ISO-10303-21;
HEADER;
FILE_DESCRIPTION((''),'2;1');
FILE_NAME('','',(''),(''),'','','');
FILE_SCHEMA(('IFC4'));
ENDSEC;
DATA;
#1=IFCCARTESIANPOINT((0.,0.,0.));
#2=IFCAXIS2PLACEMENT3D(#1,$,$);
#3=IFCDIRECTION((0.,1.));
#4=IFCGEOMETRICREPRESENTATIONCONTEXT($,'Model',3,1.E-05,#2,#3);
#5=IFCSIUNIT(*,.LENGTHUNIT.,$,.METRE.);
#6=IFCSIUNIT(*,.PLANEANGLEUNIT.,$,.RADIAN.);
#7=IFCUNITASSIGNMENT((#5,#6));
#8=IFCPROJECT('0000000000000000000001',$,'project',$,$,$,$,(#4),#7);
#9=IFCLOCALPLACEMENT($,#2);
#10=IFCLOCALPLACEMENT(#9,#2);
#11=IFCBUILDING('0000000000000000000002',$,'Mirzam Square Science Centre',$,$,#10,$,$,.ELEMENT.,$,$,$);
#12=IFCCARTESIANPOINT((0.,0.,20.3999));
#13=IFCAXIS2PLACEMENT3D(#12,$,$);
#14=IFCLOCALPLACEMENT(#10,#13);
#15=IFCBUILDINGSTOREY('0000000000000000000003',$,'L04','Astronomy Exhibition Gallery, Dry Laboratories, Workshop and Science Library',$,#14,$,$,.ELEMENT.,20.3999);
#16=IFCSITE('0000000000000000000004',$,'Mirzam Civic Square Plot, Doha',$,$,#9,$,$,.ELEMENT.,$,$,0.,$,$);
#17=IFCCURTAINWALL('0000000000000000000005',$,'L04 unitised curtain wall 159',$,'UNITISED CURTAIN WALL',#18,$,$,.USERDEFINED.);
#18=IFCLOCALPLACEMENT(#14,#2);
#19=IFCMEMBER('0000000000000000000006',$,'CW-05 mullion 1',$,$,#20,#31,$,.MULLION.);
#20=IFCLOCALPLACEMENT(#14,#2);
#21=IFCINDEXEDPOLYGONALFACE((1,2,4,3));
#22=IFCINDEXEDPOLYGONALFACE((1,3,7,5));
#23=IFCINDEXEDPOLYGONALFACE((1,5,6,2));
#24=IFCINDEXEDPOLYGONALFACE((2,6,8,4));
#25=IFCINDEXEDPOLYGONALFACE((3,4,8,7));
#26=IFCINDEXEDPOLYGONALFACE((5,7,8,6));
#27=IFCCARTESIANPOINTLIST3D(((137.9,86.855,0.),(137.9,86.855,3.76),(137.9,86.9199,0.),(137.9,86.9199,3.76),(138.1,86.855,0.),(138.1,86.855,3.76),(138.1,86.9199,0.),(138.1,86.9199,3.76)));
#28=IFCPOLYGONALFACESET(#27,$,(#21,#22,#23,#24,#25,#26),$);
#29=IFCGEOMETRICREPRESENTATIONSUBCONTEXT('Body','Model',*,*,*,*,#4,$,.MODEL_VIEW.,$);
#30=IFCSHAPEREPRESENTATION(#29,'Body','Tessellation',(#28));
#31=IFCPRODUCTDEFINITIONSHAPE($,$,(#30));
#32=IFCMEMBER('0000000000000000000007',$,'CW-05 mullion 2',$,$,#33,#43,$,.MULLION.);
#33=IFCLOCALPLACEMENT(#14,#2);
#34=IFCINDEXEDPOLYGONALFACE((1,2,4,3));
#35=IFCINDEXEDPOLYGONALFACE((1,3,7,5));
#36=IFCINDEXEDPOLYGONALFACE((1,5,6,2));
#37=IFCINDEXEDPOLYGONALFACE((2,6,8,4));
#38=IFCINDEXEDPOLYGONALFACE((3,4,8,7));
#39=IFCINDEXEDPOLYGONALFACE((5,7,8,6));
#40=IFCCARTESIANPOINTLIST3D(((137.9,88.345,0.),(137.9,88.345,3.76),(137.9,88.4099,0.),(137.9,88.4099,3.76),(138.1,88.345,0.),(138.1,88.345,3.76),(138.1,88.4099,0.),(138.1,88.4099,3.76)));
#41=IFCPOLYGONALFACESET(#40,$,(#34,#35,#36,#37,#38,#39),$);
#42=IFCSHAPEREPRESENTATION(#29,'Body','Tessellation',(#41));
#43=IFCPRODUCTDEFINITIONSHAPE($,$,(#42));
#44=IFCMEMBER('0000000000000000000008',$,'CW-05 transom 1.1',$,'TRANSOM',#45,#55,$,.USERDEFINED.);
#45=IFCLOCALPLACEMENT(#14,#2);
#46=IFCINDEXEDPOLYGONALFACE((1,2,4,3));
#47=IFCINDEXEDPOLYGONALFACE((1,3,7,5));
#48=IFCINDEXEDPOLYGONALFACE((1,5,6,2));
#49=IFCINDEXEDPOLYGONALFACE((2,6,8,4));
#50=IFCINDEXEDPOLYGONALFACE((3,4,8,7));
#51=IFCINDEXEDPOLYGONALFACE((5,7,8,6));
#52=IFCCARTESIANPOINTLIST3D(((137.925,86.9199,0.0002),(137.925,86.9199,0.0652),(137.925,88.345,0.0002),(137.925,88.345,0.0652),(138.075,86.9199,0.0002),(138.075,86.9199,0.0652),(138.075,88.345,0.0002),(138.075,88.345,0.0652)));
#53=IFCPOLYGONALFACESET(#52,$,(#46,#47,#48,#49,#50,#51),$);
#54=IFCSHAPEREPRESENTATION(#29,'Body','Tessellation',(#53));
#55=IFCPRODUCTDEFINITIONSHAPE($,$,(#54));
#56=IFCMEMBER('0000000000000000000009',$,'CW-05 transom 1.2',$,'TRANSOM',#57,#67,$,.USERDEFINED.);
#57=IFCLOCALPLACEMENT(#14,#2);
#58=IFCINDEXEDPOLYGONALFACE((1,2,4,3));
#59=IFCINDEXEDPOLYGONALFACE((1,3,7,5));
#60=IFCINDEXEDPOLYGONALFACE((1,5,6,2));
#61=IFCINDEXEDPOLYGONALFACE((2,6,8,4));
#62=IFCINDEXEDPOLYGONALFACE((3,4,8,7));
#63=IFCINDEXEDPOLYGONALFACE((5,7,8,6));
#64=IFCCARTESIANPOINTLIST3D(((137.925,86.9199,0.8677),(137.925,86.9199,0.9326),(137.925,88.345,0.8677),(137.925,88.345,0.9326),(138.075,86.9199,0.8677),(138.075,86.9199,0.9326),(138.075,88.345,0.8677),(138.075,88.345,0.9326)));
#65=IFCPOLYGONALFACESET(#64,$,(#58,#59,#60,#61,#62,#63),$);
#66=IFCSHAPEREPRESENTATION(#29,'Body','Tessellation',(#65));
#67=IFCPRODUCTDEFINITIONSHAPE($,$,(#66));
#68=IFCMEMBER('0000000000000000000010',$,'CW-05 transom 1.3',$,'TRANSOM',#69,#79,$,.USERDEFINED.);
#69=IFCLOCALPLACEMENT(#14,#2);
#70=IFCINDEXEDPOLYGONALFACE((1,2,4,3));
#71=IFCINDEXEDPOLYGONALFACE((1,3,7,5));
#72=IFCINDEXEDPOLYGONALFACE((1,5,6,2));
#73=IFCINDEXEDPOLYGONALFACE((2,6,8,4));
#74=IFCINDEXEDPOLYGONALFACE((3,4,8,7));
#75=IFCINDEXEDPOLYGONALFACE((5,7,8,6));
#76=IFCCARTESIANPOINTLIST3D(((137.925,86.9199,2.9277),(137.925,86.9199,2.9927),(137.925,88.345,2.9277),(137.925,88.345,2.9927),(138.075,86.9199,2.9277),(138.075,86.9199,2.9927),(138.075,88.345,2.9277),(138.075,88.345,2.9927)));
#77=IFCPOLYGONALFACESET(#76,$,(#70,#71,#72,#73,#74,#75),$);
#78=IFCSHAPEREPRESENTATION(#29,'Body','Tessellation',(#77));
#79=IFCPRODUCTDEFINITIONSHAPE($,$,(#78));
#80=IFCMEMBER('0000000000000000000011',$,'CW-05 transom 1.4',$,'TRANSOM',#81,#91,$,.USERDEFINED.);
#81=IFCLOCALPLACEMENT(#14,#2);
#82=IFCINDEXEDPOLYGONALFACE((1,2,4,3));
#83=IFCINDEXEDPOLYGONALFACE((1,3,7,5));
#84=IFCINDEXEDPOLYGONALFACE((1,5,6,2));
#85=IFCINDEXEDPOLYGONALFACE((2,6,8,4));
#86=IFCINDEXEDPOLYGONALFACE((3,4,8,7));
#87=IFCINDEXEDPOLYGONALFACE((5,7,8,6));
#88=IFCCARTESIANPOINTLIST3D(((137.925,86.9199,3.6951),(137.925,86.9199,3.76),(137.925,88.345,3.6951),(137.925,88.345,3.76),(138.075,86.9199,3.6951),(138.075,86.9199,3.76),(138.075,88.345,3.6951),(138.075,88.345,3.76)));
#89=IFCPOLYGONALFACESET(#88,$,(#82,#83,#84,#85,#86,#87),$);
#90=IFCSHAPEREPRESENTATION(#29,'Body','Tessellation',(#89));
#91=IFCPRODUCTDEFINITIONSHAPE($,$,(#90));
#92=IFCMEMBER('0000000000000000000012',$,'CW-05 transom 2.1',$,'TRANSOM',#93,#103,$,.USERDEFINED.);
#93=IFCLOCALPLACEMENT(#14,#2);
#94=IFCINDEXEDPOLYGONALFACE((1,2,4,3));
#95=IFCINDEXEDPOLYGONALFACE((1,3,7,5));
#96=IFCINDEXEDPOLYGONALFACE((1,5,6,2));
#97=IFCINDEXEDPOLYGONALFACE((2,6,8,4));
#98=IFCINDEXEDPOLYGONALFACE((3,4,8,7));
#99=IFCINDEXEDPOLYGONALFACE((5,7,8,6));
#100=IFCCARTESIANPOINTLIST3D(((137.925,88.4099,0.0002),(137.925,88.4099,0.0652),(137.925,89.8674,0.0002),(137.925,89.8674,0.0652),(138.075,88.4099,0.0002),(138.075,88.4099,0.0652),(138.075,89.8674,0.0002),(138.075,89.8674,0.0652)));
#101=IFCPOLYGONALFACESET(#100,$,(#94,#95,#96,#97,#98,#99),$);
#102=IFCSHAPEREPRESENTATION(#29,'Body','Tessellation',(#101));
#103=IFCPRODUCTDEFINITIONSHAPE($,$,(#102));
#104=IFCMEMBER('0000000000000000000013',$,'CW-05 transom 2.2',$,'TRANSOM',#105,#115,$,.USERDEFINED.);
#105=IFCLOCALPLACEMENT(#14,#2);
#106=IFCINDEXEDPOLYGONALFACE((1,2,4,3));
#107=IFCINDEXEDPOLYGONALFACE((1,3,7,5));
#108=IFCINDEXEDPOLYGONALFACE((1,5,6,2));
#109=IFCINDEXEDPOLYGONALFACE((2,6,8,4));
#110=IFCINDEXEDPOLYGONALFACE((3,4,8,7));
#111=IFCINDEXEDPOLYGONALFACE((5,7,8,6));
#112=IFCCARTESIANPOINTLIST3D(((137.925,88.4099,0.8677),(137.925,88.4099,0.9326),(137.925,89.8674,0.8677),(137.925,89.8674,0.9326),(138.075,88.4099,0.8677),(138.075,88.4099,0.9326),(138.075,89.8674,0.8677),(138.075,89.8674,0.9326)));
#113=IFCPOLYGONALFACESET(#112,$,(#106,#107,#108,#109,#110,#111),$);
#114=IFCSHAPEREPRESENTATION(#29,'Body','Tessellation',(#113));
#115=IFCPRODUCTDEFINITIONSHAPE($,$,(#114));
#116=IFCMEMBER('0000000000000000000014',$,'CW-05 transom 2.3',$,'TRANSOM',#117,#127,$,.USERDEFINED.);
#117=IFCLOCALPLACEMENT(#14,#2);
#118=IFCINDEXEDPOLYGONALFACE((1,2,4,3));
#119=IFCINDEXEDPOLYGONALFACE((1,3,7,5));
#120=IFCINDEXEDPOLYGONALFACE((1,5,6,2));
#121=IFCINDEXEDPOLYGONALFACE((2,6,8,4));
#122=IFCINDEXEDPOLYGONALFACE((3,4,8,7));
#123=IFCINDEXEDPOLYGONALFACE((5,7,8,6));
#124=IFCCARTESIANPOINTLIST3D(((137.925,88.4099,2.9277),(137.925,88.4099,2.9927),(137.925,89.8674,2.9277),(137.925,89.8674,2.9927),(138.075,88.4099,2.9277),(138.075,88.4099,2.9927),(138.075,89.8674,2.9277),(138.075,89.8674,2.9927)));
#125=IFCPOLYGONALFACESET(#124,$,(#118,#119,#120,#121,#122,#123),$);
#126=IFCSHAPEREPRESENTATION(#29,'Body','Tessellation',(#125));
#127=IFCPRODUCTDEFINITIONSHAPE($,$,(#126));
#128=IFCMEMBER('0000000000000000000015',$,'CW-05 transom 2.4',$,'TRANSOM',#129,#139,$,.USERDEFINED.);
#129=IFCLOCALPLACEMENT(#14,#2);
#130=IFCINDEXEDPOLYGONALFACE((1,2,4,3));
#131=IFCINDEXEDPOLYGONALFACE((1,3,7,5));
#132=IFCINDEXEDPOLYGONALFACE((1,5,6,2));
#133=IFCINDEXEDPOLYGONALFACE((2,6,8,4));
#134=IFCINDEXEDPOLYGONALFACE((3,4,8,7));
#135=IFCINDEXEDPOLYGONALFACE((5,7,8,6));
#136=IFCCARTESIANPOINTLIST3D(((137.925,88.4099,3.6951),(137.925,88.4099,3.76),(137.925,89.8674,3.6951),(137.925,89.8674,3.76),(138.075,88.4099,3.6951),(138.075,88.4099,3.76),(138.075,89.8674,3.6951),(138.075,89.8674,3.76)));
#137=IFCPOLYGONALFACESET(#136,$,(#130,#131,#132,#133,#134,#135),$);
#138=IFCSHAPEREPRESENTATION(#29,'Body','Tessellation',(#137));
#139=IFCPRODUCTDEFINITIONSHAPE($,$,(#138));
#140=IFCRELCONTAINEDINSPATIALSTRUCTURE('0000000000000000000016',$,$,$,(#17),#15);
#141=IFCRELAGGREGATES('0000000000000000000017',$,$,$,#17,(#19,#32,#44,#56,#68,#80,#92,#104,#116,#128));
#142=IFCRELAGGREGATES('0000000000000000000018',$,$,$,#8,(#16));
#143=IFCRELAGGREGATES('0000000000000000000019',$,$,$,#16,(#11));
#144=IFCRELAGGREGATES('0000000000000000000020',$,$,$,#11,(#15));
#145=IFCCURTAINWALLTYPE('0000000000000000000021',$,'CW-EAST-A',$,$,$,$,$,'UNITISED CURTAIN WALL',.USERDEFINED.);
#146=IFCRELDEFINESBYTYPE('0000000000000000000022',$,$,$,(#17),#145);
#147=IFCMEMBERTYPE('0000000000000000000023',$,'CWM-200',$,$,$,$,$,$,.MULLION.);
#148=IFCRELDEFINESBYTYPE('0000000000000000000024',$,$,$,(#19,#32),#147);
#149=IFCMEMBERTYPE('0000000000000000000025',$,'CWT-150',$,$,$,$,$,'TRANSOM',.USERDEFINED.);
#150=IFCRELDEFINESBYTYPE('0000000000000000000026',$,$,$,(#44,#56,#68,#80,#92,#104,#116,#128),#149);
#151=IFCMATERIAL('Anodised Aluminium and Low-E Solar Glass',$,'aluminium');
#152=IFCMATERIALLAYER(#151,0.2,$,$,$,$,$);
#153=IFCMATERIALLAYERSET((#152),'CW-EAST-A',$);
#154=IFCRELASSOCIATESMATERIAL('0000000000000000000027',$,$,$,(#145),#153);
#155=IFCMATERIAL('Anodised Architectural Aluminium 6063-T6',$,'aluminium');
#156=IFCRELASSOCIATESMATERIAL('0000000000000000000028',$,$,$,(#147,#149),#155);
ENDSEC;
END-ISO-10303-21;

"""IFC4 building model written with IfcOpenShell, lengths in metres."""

from ifc_helpers import new_model, si_unit, direction, frame, origin, origin_2d, place, context, subcontext, project, spatial, rectangle, extrude, material, layer, layer_set, material_profile, profile_set, type_object, element, aggregate, save


model = new_model("IFC4")

# Units and contexts
model_context = context("Model", 3, precision=1e-05, world=origin(), true_north=direction((0.0, 1.0)))
body_context = subcontext(model_context, "Body", "Model", "MODEL_VIEW")
ifc_project = project(units=[si_unit("LENGTHUNIT", "METRE"), si_unit("PLANEANGLEUNIT", "RADIAN")], contexts=[model_context])

# Site, building, storey
site_placement = place(None, origin())
site = spatial("IfcSite", under=ifc_project, at=site_placement, Name="Mirzam Civic Square Plot, Doha", CompositionType="ELEMENT", RefElevation=0.0)
building_placement = place(site_placement, origin())
building = spatial("IfcBuilding", under=site, at=building_placement, Name="Mirzam Square Science Centre", CompositionType="ELEMENT")
storey_placement = place(building_placement, frame((0.0, 0.0, 20.3999)))
storey = spatial("IfcBuildingStorey", under=building, at=storey_placement, Name="L04", Description="Astronomy Exhibition Gallery, Dry Laboratories, Workshop and Science Library", CompositionType="ELEMENT", Elevation=20.3999)

# Curtain wall, members
ifc_material_1 = material(Name="Anodised Aluminium and Low-E Solar Glass", Category="aluminium")
ifc_layer_1 = layer(ifc_material_1, 0.2)
ifc_layer_set_1 = layer_set([ifc_layer_1], Name="CW-EAST-A")
curtain_wall_type = type_object("IfcCurtainWallType", Name="CW-EAST-A", ElementType="UNITISED CURTAIN WALL", PredefinedType="USERDEFINED", material=ifc_layer_set_1)
curtain_wall_placement = place(storey_placement, origin())
curtain_wall = element("IfcCurtainWall", 1, at=curtain_wall_placement, inside=storey, type_object=curtain_wall_type, Name="L04 unitised curtain wall 159", ObjectType="UNITISED CURTAIN WALL", PredefinedType="USERDEFINED")
ifc_material_2 = material(Name="Anodised Architectural Aluminium 6063-T6", Category="aluminium")
ifc_material_profile_1 = material_profile(ifc_material_2, rectangle(XDim=0.0649, YDim=0.2, at=origin_2d()), Name="ALU-MULL-200x65x5")
ifc_profile_set_1 = profile_set([ifc_material_profile_1], Name="Anodised Architectural Aluminium 6063-T6")
member_type_1 = type_object("IfcMemberType", Name="CWM-200", PredefinedType="MULLION", material=ifc_profile_set_1)
member_1_placement = place(storey_placement, frame((138.0, 86.8875, 0.0), z_axis=(0.0, 0.0, 1.0), x_axis=(0.0, 1.0, 0.0)))
member_1 = element("IfcMember", 2, at=member_1_placement, type_object=member_type_1, Name="CW-05 mullion 1", PredefinedType="MULLION", context=body_context, shape_type="SweptSolid", body=[
    extrude(rectangle(XDim=0.0649, YDim=0.2, at=origin_2d()), origin(), (0.0, 0.0, 1.0), 3.76),
])
member_2_placement = place(storey_placement, frame((138.0, 88.3774, 0.0), z_axis=(0.0, 0.0, 1.0), x_axis=(0.0, 1.0, 0.0)))
member_2 = element("IfcMember", 3, at=member_2_placement, type_object=member_type_1, Name="CW-05 mullion 2", PredefinedType="MULLION", context=body_context, shape_type="SweptSolid", body=[
    extrude(rectangle(XDim=0.0649, YDim=0.2, at=origin_2d()), origin(), (0.0, 0.0, 1.0), 3.76),
])
ifc_material_profile_2 = material_profile(ifc_material_2, rectangle(XDim=0.1499, YDim=0.0649, at=origin_2d()), Name="ALU-TRAN-150x65x4")
ifc_profile_set_2 = profile_set([ifc_material_profile_2], Name="Anodised Architectural Aluminium 6063-T6")
member_type_2 = type_object("IfcMemberType", Name="CWT-150", ElementType="TRANSOM", PredefinedType="USERDEFINED", material=ifc_profile_set_2)
member_3_placement = place(storey_placement, frame((138.0, 86.9199, 0.0327), z_axis=(0.0, 1.0, 0.0), x_axis=(-1.0, 0.0, 0.0)))
member_3 = element("IfcMember", 4, at=member_3_placement, type_object=member_type_2, Name="CW-05 transom 1.1", ObjectType="TRANSOM", PredefinedType="USERDEFINED", context=body_context, shape_type="SweptSolid", body=[
    extrude(rectangle(XDim=0.1499, YDim=0.0649, at=origin_2d()), origin(), (0.0, 0.0, 1.0), 1.425),
])
member_4_placement = place(storey_placement, frame((138.0, 86.9199, 0.9001), z_axis=(0.0, 1.0, 0.0), x_axis=(-1.0, 0.0, 0.0)))
member_4 = element("IfcMember", 5, at=member_4_placement, type_object=member_type_2, Name="CW-05 transom 1.2", ObjectType="TRANSOM", PredefinedType="USERDEFINED", context=body_context, shape_type="SweptSolid", body=[
    extrude(rectangle(XDim=0.1499, YDim=0.0649, at=origin_2d()), origin(), (0.0, 0.0, 1.0), 1.425),
])
member_5_placement = place(storey_placement, frame((138.0, 86.9199, 2.9602), z_axis=(0.0, 1.0, 0.0), x_axis=(-1.0, 0.0, 0.0)))
member_5 = element("IfcMember", 6, at=member_5_placement, type_object=member_type_2, Name="CW-05 transom 1.3", ObjectType="TRANSOM", PredefinedType="USERDEFINED", context=body_context, shape_type="SweptSolid", body=[
    extrude(rectangle(XDim=0.1499, YDim=0.0649, at=origin_2d()), origin(), (0.0, 0.0, 1.0), 1.425),
])
member_6_placement = place(storey_placement, frame((138.0, 86.9199, 3.7275), z_axis=(0.0, 1.0, 0.0), x_axis=(-1.0, 0.0, 0.0)))
member_6 = element("IfcMember", 7, at=member_6_placement, type_object=member_type_2, Name="CW-05 transom 1.4", ObjectType="TRANSOM", PredefinedType="USERDEFINED", context=body_context, shape_type="SweptSolid", body=[
    extrude(rectangle(XDim=0.1499, YDim=0.0649, at=origin_2d()), origin(), (0.0, 0.0, 1.0), 1.425),
])
member_7_placement = place(storey_placement, frame((138.0, 88.4099, 0.0327), z_axis=(0.0, 1.0, 0.0), x_axis=(-1.0, 0.0, 0.0)))
member_7 = element("IfcMember", 8, at=member_7_placement, type_object=member_type_2, Name="CW-05 transom 2.1", ObjectType="TRANSOM", PredefinedType="USERDEFINED", context=body_context, shape_type="SweptSolid", body=[
    extrude(rectangle(XDim=0.1499, YDim=0.0649, at=origin_2d()), origin(), (0.0, 0.0, 1.0), 1.4575),
])
member_8_placement = place(storey_placement, frame((138.0, 88.4099, 0.9001), z_axis=(0.0, 1.0, 0.0), x_axis=(-1.0, 0.0, 0.0)))
member_8 = element("IfcMember", 9, at=member_8_placement, type_object=member_type_2, Name="CW-05 transom 2.2", ObjectType="TRANSOM", PredefinedType="USERDEFINED", context=body_context, shape_type="SweptSolid", body=[
    extrude(rectangle(XDim=0.1499, YDim=0.0649, at=origin_2d()), origin(), (0.0, 0.0, 1.0), 1.4575),
])
member_9_placement = place(storey_placement, frame((138.0, 88.4099, 2.9602), z_axis=(0.0, 1.0, 0.0), x_axis=(-1.0, 0.0, 0.0)))
member_9 = element("IfcMember", 10, at=member_9_placement, type_object=member_type_2, Name="CW-05 transom 2.3", ObjectType="TRANSOM", PredefinedType="USERDEFINED", context=body_context, shape_type="SweptSolid", body=[
    extrude(rectangle(XDim=0.1499, YDim=0.0649, at=origin_2d()), origin(), (0.0, 0.0, 1.0), 1.4575),
])
member_10_placement = place(storey_placement, frame((138.0, 88.4099, 3.7275), z_axis=(0.0, 1.0, 0.0), x_axis=(-1.0, 0.0, 0.0)))
member_10 = element("IfcMember", 11, at=member_10_placement, type_object=member_type_2, Name="CW-05 transom 2.4", ObjectType="TRANSOM", PredefinedType="USERDEFINED", context=body_context, shape_type="SweptSolid", body=[
    extrude(rectangle(XDim=0.1499, YDim=0.0649, at=origin_2d()), origin(), (0.0, 0.0, 1.0), 1.4575),
])

aggregate(curtain_wall, [member_1, member_2, member_3, member_4, member_5, member_6, member_7, member_8, member_9, member_10])

save(model, "model.ifc")
